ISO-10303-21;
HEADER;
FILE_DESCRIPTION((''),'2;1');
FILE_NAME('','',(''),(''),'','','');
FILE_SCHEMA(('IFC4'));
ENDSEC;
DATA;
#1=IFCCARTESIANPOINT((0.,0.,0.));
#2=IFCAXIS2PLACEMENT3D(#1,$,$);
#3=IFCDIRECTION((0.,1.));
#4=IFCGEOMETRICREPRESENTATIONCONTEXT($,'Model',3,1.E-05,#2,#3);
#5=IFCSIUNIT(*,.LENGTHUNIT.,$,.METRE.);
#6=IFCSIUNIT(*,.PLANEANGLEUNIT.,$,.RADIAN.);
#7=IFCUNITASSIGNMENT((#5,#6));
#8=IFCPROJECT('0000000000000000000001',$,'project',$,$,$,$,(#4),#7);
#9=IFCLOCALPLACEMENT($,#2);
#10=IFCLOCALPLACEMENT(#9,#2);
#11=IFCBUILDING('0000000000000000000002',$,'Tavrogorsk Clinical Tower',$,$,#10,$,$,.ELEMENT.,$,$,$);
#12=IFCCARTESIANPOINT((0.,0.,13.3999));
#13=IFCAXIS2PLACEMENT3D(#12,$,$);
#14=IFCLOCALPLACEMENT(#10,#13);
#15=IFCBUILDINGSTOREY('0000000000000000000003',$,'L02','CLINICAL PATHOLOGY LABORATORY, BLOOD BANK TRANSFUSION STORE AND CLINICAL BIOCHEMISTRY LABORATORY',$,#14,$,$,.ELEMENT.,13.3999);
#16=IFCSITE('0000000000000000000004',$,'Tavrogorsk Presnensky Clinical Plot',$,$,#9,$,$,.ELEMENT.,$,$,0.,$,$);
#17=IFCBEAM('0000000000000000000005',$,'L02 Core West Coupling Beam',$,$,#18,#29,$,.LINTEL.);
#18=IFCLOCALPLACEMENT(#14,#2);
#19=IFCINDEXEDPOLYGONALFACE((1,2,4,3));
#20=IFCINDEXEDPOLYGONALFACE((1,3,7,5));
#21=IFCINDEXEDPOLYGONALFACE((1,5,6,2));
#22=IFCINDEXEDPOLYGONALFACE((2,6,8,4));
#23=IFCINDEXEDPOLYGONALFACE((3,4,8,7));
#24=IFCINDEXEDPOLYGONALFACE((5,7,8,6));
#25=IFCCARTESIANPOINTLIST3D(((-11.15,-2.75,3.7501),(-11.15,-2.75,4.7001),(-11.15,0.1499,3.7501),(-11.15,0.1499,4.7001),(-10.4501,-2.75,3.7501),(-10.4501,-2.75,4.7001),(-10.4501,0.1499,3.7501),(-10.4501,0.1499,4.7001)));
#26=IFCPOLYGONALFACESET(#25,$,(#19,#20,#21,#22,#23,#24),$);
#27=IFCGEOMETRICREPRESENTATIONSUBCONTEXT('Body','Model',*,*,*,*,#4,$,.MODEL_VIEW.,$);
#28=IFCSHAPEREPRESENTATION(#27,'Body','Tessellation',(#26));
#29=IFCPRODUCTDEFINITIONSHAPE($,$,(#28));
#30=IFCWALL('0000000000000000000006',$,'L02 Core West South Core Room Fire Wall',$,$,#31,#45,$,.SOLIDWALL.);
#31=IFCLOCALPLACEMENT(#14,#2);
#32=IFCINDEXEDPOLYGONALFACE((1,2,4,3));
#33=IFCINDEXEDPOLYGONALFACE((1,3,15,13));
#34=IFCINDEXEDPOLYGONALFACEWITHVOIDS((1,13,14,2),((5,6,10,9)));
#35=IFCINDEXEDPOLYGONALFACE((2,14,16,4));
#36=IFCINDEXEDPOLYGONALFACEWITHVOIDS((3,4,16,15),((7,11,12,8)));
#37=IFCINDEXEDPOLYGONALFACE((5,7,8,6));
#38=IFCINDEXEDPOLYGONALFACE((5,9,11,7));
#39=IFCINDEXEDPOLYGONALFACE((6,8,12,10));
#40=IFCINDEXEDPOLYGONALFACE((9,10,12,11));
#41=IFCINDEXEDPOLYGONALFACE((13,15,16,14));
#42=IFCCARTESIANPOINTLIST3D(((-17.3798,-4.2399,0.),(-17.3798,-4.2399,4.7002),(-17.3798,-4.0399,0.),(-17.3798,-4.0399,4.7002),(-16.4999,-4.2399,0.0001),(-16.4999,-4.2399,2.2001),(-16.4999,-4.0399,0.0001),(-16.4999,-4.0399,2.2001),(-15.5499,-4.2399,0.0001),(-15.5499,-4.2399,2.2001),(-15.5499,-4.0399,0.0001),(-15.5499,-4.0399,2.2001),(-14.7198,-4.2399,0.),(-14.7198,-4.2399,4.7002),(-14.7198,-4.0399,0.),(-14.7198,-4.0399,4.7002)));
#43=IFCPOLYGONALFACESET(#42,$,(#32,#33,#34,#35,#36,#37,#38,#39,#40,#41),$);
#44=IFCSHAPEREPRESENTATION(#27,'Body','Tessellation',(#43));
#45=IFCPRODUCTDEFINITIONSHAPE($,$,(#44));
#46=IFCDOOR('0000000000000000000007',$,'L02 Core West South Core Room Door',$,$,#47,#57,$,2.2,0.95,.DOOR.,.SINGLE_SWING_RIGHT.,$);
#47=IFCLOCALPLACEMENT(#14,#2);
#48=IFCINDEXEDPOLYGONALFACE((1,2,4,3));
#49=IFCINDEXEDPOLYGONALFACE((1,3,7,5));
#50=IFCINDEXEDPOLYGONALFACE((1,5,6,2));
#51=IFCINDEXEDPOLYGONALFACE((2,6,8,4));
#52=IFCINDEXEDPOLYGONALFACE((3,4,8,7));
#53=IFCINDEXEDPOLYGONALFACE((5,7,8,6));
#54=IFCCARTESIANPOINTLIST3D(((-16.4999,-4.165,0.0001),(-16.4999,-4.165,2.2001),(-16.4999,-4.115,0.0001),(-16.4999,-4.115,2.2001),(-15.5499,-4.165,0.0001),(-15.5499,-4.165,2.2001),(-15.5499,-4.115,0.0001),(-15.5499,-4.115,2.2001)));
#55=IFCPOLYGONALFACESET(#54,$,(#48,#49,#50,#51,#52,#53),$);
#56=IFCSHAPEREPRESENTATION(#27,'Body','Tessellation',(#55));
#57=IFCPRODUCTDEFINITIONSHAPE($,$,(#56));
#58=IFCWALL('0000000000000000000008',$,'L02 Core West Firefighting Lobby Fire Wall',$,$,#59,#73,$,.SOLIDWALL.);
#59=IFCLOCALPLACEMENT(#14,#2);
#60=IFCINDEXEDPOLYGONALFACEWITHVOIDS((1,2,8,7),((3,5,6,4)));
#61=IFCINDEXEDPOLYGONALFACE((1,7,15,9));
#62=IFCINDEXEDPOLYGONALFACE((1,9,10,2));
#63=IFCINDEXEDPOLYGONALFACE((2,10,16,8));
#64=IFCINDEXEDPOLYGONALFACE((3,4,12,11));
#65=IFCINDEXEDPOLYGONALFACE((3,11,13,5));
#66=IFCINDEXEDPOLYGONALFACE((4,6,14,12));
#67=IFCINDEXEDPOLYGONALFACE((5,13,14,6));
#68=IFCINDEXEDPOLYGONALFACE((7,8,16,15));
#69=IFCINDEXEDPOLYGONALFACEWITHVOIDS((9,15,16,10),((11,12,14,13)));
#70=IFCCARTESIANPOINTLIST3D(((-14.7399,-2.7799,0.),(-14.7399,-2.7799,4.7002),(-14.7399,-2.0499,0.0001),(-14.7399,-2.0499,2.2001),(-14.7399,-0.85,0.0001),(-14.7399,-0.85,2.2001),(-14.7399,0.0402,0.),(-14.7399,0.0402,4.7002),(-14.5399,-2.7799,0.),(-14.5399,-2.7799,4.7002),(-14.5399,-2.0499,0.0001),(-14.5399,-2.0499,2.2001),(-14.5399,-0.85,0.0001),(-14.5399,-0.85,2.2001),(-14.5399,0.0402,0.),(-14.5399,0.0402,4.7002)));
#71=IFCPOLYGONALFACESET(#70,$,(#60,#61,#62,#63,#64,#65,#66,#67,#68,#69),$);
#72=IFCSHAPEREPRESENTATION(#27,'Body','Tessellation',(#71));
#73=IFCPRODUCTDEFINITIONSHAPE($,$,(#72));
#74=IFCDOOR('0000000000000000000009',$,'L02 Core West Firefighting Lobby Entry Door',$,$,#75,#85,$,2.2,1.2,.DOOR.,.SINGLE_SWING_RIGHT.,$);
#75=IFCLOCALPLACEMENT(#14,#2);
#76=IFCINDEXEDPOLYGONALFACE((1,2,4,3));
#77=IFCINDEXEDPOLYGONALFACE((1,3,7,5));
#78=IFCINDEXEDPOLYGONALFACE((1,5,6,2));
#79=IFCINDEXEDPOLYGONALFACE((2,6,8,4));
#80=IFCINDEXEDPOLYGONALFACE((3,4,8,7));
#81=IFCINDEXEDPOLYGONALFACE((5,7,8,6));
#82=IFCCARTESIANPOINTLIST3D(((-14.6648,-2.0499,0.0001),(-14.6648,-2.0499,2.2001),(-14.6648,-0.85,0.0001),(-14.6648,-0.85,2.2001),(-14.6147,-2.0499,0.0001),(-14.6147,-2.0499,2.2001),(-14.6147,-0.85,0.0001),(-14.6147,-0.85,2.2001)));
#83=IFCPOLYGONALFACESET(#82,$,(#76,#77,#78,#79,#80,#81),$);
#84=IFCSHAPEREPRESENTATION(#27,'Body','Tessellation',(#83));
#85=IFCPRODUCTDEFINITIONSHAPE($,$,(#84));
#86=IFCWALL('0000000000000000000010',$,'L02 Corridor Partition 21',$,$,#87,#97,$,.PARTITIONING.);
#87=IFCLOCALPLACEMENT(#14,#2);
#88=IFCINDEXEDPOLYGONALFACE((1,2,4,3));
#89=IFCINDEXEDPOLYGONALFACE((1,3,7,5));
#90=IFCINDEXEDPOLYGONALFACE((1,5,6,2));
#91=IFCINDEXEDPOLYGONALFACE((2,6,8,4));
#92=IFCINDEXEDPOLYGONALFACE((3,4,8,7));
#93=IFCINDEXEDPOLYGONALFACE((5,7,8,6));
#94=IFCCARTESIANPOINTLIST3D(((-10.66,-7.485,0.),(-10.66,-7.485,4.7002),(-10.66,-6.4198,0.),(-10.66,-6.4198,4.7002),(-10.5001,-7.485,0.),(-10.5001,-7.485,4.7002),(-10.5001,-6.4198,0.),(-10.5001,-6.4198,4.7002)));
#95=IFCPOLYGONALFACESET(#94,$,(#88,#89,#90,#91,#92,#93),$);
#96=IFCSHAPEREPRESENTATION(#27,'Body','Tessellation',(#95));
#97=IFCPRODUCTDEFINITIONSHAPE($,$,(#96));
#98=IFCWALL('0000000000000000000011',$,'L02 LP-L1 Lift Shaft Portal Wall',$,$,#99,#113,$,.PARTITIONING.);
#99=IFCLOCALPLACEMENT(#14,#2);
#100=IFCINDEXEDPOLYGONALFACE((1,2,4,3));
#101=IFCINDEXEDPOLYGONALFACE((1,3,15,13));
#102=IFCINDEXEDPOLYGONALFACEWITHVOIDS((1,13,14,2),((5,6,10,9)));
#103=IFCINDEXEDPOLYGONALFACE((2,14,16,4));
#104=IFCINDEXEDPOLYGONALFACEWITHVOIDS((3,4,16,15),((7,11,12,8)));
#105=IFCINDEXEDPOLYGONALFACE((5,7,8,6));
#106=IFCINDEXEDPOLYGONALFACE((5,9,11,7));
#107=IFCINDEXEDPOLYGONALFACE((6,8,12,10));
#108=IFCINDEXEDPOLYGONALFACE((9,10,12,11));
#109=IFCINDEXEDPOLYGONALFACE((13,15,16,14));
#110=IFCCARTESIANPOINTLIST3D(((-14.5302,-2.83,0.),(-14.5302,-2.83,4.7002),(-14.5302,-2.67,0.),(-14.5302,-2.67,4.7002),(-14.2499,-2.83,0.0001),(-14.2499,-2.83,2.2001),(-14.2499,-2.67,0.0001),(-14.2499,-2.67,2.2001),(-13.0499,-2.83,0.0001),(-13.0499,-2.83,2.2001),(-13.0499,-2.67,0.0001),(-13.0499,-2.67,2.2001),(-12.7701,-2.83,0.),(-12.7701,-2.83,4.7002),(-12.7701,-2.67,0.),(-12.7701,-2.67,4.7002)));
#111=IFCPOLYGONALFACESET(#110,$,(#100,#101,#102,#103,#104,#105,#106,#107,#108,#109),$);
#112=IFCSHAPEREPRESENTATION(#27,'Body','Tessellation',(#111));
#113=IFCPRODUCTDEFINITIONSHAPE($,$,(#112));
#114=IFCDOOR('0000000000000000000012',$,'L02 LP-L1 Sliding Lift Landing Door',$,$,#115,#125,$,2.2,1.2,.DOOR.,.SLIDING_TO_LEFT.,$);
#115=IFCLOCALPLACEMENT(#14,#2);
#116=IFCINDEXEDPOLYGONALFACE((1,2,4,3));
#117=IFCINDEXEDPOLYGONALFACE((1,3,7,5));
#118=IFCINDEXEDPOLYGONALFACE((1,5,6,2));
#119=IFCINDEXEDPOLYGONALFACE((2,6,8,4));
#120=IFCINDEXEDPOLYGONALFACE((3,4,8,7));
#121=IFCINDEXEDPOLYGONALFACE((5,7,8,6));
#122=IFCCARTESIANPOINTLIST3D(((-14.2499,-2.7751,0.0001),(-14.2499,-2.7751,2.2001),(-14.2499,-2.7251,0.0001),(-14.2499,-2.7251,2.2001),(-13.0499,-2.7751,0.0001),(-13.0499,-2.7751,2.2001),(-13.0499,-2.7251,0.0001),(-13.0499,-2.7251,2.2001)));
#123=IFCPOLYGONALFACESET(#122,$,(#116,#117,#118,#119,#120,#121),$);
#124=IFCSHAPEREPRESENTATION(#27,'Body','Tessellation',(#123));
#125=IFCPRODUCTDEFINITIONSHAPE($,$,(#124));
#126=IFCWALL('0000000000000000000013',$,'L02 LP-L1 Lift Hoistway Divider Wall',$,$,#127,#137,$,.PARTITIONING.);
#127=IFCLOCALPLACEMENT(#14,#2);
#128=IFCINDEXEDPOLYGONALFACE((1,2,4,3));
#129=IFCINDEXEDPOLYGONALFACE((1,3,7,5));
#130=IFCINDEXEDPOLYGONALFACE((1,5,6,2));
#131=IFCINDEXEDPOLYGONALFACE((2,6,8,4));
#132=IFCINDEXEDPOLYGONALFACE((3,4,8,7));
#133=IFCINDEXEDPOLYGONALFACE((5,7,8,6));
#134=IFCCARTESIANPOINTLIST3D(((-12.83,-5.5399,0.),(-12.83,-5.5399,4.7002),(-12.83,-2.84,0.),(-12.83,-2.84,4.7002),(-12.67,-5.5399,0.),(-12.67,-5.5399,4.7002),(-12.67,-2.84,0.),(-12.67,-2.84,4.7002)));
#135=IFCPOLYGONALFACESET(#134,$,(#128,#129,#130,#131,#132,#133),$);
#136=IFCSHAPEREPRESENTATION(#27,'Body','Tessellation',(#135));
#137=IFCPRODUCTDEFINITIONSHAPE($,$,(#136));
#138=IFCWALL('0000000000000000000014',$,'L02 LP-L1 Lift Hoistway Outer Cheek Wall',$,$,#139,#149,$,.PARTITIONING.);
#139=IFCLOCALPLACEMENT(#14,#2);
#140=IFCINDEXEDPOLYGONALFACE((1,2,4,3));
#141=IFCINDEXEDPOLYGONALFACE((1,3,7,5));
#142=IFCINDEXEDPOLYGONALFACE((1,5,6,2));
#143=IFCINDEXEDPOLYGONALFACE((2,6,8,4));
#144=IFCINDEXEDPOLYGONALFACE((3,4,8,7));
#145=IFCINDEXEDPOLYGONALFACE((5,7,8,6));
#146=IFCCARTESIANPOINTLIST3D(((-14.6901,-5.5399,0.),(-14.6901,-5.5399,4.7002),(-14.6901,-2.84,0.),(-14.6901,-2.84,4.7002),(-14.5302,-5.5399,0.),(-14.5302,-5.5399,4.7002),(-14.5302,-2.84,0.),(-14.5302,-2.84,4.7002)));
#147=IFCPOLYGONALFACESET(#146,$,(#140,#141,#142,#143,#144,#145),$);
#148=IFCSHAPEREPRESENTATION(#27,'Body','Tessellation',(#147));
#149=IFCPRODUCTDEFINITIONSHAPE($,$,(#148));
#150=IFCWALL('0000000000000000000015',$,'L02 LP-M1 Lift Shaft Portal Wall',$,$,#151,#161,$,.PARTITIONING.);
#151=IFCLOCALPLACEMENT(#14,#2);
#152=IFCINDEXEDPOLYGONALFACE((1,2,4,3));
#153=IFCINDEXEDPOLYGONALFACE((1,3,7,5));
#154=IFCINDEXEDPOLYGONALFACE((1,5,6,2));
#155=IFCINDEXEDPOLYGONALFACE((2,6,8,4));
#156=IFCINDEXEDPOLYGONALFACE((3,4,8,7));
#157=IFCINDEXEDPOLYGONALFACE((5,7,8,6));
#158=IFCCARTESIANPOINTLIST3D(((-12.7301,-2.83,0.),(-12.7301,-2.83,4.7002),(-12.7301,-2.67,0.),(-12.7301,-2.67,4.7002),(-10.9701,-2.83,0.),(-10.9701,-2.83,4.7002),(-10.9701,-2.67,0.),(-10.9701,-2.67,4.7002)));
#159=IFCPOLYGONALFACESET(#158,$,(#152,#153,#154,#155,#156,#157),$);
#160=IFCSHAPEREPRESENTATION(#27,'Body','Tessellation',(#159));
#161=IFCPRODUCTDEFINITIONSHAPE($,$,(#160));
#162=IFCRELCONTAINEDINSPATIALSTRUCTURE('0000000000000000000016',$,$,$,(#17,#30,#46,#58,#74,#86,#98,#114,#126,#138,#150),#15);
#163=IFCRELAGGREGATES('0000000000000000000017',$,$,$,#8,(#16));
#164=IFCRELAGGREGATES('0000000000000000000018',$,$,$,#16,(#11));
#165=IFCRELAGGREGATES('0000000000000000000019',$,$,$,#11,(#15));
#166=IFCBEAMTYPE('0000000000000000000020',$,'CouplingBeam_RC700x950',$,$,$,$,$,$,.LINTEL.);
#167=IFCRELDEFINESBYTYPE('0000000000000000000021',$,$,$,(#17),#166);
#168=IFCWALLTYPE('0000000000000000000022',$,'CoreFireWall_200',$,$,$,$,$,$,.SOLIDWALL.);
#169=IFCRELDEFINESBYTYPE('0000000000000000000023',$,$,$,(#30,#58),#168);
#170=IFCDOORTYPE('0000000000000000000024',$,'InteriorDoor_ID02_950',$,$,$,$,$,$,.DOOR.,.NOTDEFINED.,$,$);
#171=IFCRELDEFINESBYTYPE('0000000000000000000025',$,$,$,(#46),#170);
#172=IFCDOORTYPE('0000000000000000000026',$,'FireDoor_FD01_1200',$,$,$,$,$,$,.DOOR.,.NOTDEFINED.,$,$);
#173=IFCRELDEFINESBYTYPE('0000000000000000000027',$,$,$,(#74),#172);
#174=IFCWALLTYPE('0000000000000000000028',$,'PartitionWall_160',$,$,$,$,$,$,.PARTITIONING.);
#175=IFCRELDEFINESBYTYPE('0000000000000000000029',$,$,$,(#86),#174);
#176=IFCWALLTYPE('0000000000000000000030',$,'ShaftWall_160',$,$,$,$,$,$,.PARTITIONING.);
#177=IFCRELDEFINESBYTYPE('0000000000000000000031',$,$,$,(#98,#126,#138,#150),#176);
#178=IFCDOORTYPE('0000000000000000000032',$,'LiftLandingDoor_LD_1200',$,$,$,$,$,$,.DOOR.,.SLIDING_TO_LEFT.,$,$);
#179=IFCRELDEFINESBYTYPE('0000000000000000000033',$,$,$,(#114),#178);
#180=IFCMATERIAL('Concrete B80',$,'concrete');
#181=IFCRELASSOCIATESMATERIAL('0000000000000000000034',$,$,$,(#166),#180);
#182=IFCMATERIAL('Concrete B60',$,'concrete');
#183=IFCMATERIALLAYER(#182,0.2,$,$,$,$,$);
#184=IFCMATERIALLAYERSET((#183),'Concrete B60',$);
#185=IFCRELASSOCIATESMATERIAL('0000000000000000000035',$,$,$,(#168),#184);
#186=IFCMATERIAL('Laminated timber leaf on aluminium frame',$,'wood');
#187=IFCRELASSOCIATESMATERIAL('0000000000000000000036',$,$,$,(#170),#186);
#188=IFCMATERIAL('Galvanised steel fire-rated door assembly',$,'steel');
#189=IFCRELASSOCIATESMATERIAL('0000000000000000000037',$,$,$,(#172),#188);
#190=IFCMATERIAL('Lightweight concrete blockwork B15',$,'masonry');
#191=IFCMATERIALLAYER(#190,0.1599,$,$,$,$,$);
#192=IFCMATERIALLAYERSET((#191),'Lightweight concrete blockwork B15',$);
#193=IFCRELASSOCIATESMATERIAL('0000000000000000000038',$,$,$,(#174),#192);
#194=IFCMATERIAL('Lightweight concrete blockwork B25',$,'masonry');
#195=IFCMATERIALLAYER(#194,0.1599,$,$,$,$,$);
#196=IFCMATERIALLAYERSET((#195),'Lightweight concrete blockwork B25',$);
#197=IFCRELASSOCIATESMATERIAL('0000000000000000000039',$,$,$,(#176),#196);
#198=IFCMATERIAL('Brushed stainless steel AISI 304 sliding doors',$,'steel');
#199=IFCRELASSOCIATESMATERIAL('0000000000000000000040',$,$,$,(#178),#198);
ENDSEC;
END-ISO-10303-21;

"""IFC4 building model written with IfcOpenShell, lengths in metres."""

from ifc_helpers import new_model, si_unit, direction, frame, frame_2d, origin, origin_2d, place, context, subcontext, project, spatial, rectangle, extrude, material, layer, layer_set, material_profile, profile_set, type_object, element, fill, save


model = new_model("IFC4")

# Units and contexts
model_context = context("Model", 3, precision=1e-05, world=origin(), true_north=direction((0.0, 1.0)))
body_context = subcontext(model_context, "Body", "Model", "MODEL_VIEW")
ifc_project = project(units=[si_unit("LENGTHUNIT", "METRE"), si_unit("PLANEANGLEUNIT", "RADIAN")], contexts=[model_context])

# Site, building, storey
site_placement = place(None, origin())
site = spatial("IfcSite", under=ifc_project, at=site_placement, Name="Tavrogorsk Presnensky Clinical Plot", CompositionType="ELEMENT", RefElevation=0.0)
building_placement = place(site_placement, origin())
building = spatial("IfcBuilding", under=site, at=building_placement, Name="Tavrogorsk Clinical Tower", CompositionType="ELEMENT")
storey_placement = place(building_placement, frame((0.0, 0.0, 13.3999)))
storey = spatial("IfcBuildingStorey", under=building, at=storey_placement, Name="L02", Description="CLINICAL PATHOLOGY LABORATORY, BLOOD BANK TRANSFUSION STORE AND CLINICAL BIOCHEMISTRY LABORATORY", CompositionType="ELEMENT", Elevation=13.3999)

# Beam
ifc_material_1 = material(Name="Concrete B80", Category="concrete")
ifc_material_profile = material_profile(ifc_material_1, rectangle(XDim=0.7, YDim=0.95, at=origin_2d()), Name="RC-CB-700x950")
ifc_profile_set = profile_set([ifc_material_profile], Name="Concrete B80")
beam_type = type_object("IfcBeamType", Name="CouplingBeam_RC700x950", PredefinedType="LINTEL", material=ifc_profile_set)
beam_placement = place(storey_placement, frame((-10.8, -2.75, 4.2251), z_axis=(0.0, 1.0, 0.0), x_axis=(-1.0, 0.0, 0.0)))
element("IfcBeam", 1, at=beam_placement, inside=storey, type_object=beam_type, Name="L02 Core West Coupling Beam", PredefinedType="LINTEL", context=body_context, shape_type="SweptSolid", body=[
    extrude(rectangle(XDim=0.7, YDim=0.95, at=origin_2d()), origin(), (0.0, 0.0, 1.0), 2.8999),
])

# Walls, openings, doors
ifc_material_2 = material(Name="Concrete B60", Category="concrete")
ifc_layer_1 = layer(ifc_material_2, 0.2)
ifc_layer_set_1 = layer_set([ifc_layer_1], Name="Concrete B60")
wall_type_1 = type_object("IfcWallType", Name="CoreFireWall_200", PredefinedType="SOLIDWALL", material=ifc_layer_set_1)
wall_1_placement = place(storey_placement, frame((-17.3799, -4.1399, 0.0), z_axis=(0.0, 0.0, 1.0), x_axis=(1.0, 0.0, 0.0)))
wall_1 = element("IfcWall", 2, at=wall_1_placement, inside=storey, type_object=wall_type_1, Name="L02 Core West South Core Room Fire Wall", PredefinedType="SOLIDWALL", context=body_context, shape_type="SweptSolid", body=[
    extrude(rectangle(XDim=2.6599, YDim=0.2, at=frame_2d((1.3301, 0.0))), origin(), (0.0, 0.0, 1.0), 4.7002),
])
opening_1_placement = place(wall_1_placement, frame((0.8799, 0.0, 0.0)))
opening_1 = element("IfcOpeningElement", 3, at=opening_1_placement, cuts=wall_1, PredefinedType="OPENING", context=body_context, shape_type="SweptSolid", body=[
    extrude(rectangle(XDim=0.95, YDim=2.2, at=frame_2d((0.4751, 1.1001))), frame((0.0, 0.1099, 0.0), z_axis=(0.0, -1.0, 0.0), x_axis=(1.0, 0.0, 0.0)), (0.0, 0.0, 1.0), 0.22),
])
ifc_material_3 = material(Name="Laminated timber leaf on aluminium frame", Category="wood")
door_type_1 = type_object("IfcDoorType", Name="InteriorDoor_ID02_950", OperationType="NOTDEFINED", PredefinedType="DOOR", material=ifc_material_3)
door_1_placement = place(opening_1_placement, origin())
door_1 = element("IfcDoor", 4, at=door_1_placement, inside=storey, type_object=door_type_1, Name="L02 Core West South Core Room Door", OperationType="SINGLE_SWING_RIGHT", OverallHeight=2.2, OverallWidth=0.95, PredefinedType="DOOR", context=body_context, shape_type="SweptSolid", body=[
    extrude(rectangle(XDim=0.95, YDim=2.2, at=frame_2d((0.4751, 1.1001))), frame((0.0, 0.0249, 0.0), z_axis=(0.0, -1.0, 0.0), x_axis=(1.0, 0.0, 0.0)), (0.0, 0.0, 1.0), 0.05),
])
fill(opening_1, door_1)
wall_2_placement = place(storey_placement, frame((-14.6399, -2.78, 0.0), z_axis=(0.0, 0.0, 1.0), x_axis=(0.0, 1.0, 0.0)))
wall_2 = element("IfcWall", 5, at=wall_2_placement, inside=storey, type_object=wall_type_1, Name="L02 Core West Firefighting Lobby Fire Wall", PredefinedType="SOLIDWALL", context=body_context, shape_type="SweptSolid", body=[
    extrude(rectangle(XDim=2.8201, YDim=0.2, at=frame_2d((1.4102, 0.0))), origin(), (0.0, 0.0, 1.0), 4.7002),
])
opening_2_placement = place(wall_2_placement, frame((0.73, 0.0, 0.0)))
opening_2 = element("IfcOpeningElement", 6, at=opening_2_placement, cuts=wall_2, PredefinedType="OPENING", context=body_context, shape_type="SweptSolid", body=[
    extrude(rectangle(XDim=1.2, YDim=2.2, at=frame_2d((0.6001, 1.1001))), frame((0.0, 0.1099, 0.0), z_axis=(0.0, -1.0, 0.0), x_axis=(1.0, 0.0, 0.0)), (0.0, 0.0, 1.0), 0.22),
])
ifc_material_4 = material(Name="Galvanised steel fire-rated door assembly", Category="steel")
door_type_2 = type_object("IfcDoorType", Name="FireDoor_FD01_1200", OperationType="NOTDEFINED", PredefinedType="DOOR", material=ifc_material_4)
door_2_placement = place(opening_2_placement, origin())
door_2 = element("IfcDoor", 7, at=door_2_placement, inside=storey, type_object=door_type_2, Name="L02 Core West Firefighting Lobby Entry Door", OperationType="SINGLE_SWING_RIGHT", OverallHeight=2.2, OverallWidth=1.2, PredefinedType="DOOR", context=body_context, shape_type="SweptSolid", body=[
    extrude(rectangle(XDim=1.2, YDim=2.2, at=frame_2d((0.6001, 1.1001))), frame((0.0, 0.0249, 0.0), z_axis=(0.0, -1.0, 0.0), x_axis=(1.0, 0.0, 0.0)), (0.0, 0.0, 1.0), 0.05),
])
fill(opening_2, door_2)

# Wall
ifc_material_5 = material(Name="Lightweight concrete blockwork B15", Category="masonry")
ifc_layer_2 = layer(ifc_material_5, 0.1599)
ifc_layer_set_2 = layer_set([ifc_layer_2], Name="Lightweight concrete blockwork B15")
wall_type_2 = type_object("IfcWallType", Name="PartitionWall_160", PredefinedType="PARTITIONING", material=ifc_layer_set_2)
wall_3_placement = place(storey_placement, frame((-10.5801, -7.4851, 0.0), z_axis=(0.0, 0.0, 1.0), x_axis=(0.0, 1.0, 0.0)))
element("IfcWall", 8, at=wall_3_placement, inside=storey, type_object=wall_type_2, Name="L02 Corridor Partition 21", PredefinedType="PARTITIONING", context=body_context, shape_type="SweptSolid", body=[
    extrude(rectangle(XDim=1.0652, YDim=0.1599, at=frame_2d((0.5327, 0.0))), origin(), (0.0, 0.0, 1.0), 4.7002),
])

# Wall, opening, door
ifc_material_6 = material(Name="Lightweight concrete blockwork B25", Category="masonry")
ifc_layer_3 = layer(ifc_material_6, 0.1599)
ifc_layer_set_3 = layer_set([ifc_layer_3], Name="Lightweight concrete blockwork B25")
wall_type_3 = type_object("IfcWallType", Name="ShaftWall_160", PredefinedType="PARTITIONING", material=ifc_layer_set_3)
wall_4_placement = place(storey_placement, frame((-14.53, -2.75, 0.0), z_axis=(0.0, 0.0, 1.0), x_axis=(1.0, 0.0, 0.0)))
wall_4 = element("IfcWall", 9, at=wall_4_placement, inside=storey, type_object=wall_type_3, Name="L02 LP-L1 Lift Shaft Portal Wall", PredefinedType="PARTITIONING", context=body_context, shape_type="SweptSolid", body=[
    extrude(rectangle(XDim=1.76, YDim=0.1599, at=frame_2d((0.8799, 0.0))), origin(), (0.0, 0.0, 1.0), 4.7002),
])
opening_3_placement = place(wall_4_placement, frame((0.28, 0.0, 0.0)))
opening_3 = element("IfcOpeningElement", 10, at=opening_3_placement, cuts=wall_4, PredefinedType="OPENING", context=body_context, shape_type="SweptSolid", body=[
    extrude(rectangle(XDim=1.2, YDim=2.2, at=frame_2d((0.6001, 1.1001))), frame((0.0, 0.0898, 0.0), z_axis=(0.0, -1.0, 0.0), x_axis=(1.0, 0.0, 0.0)), (0.0, 0.0, 1.0), 0.1799),
])
ifc_material_7 = material(Name="Brushed stainless steel AISI 304 sliding doors", Category="steel")
door_type_3 = type_object("IfcDoorType", Name="LiftLandingDoor_LD_1200", OperationType="SLIDING_TO_LEFT", PredefinedType="DOOR", material=ifc_material_7)
door_3_placement = place(opening_3_placement, origin())
door_3 = element("IfcDoor", 11, at=door_3_placement, inside=storey, type_object=door_type_3, Name="L02 LP-L1 Sliding Lift Landing Door", OperationType="SLIDING_TO_LEFT", OverallHeight=2.2, OverallWidth=1.2, PredefinedType="DOOR", context=body_context, shape_type="SweptSolid", body=[
    extrude(rectangle(XDim=1.2, YDim=2.2, at=frame_2d((0.6001, 1.1001))), frame((0.0, 0.0249, 0.0), z_axis=(0.0, -1.0, 0.0), x_axis=(1.0, 0.0, 0.0)), (0.0, 0.0, 1.0), 0.05),
])
fill(opening_3, door_3)

# Walls
for number, where, z_axis, x_axis, name in (
    (12, (-12.75, -5.54, 0.0), (0.0, 0.0, 1.0), (0.0, 1.0, 0.0), "L02 LP-L1 Lift Hoistway Divider Wall"),
    (13, (-14.6101, -5.54, 0.0), (0.0, 0.0, 1.0), (0.0, 1.0, 0.0), "L02 LP-L1 Lift Hoistway Outer Cheek Wall"),
):
    element("IfcWall", number, at=place(storey_placement, frame(where, z_axis=z_axis, x_axis=x_axis)), inside=storey, type_object=wall_type_3, Name=name, PredefinedType="PARTITIONING", context=body_context, shape_type="SweptSolid", body=[
        extrude(rectangle(XDim=2.7, YDim=0.1599, at=frame_2d((1.3501, 0.0))), origin(), (0.0, 0.0, 1.0), 4.7002),
    ])
wall_5_placement = place(storey_placement, frame((-12.73, -2.75, 0.0), z_axis=(0.0, 0.0, 1.0), x_axis=(1.0, 0.0, 0.0)))
element("IfcWall", 14, at=wall_5_placement, inside=storey, type_object=wall_type_3, Name="L02 LP-M1 Lift Shaft Portal Wall", PredefinedType="PARTITIONING", context=body_context, shape_type="SweptSolid", body=[
    extrude(rectangle(XDim=1.76, YDim=0.1599, at=frame_2d((0.8799, 0.0))), origin(), (0.0, 0.0, 1.0), 4.7002),
])

save(model, "model.ifc")
